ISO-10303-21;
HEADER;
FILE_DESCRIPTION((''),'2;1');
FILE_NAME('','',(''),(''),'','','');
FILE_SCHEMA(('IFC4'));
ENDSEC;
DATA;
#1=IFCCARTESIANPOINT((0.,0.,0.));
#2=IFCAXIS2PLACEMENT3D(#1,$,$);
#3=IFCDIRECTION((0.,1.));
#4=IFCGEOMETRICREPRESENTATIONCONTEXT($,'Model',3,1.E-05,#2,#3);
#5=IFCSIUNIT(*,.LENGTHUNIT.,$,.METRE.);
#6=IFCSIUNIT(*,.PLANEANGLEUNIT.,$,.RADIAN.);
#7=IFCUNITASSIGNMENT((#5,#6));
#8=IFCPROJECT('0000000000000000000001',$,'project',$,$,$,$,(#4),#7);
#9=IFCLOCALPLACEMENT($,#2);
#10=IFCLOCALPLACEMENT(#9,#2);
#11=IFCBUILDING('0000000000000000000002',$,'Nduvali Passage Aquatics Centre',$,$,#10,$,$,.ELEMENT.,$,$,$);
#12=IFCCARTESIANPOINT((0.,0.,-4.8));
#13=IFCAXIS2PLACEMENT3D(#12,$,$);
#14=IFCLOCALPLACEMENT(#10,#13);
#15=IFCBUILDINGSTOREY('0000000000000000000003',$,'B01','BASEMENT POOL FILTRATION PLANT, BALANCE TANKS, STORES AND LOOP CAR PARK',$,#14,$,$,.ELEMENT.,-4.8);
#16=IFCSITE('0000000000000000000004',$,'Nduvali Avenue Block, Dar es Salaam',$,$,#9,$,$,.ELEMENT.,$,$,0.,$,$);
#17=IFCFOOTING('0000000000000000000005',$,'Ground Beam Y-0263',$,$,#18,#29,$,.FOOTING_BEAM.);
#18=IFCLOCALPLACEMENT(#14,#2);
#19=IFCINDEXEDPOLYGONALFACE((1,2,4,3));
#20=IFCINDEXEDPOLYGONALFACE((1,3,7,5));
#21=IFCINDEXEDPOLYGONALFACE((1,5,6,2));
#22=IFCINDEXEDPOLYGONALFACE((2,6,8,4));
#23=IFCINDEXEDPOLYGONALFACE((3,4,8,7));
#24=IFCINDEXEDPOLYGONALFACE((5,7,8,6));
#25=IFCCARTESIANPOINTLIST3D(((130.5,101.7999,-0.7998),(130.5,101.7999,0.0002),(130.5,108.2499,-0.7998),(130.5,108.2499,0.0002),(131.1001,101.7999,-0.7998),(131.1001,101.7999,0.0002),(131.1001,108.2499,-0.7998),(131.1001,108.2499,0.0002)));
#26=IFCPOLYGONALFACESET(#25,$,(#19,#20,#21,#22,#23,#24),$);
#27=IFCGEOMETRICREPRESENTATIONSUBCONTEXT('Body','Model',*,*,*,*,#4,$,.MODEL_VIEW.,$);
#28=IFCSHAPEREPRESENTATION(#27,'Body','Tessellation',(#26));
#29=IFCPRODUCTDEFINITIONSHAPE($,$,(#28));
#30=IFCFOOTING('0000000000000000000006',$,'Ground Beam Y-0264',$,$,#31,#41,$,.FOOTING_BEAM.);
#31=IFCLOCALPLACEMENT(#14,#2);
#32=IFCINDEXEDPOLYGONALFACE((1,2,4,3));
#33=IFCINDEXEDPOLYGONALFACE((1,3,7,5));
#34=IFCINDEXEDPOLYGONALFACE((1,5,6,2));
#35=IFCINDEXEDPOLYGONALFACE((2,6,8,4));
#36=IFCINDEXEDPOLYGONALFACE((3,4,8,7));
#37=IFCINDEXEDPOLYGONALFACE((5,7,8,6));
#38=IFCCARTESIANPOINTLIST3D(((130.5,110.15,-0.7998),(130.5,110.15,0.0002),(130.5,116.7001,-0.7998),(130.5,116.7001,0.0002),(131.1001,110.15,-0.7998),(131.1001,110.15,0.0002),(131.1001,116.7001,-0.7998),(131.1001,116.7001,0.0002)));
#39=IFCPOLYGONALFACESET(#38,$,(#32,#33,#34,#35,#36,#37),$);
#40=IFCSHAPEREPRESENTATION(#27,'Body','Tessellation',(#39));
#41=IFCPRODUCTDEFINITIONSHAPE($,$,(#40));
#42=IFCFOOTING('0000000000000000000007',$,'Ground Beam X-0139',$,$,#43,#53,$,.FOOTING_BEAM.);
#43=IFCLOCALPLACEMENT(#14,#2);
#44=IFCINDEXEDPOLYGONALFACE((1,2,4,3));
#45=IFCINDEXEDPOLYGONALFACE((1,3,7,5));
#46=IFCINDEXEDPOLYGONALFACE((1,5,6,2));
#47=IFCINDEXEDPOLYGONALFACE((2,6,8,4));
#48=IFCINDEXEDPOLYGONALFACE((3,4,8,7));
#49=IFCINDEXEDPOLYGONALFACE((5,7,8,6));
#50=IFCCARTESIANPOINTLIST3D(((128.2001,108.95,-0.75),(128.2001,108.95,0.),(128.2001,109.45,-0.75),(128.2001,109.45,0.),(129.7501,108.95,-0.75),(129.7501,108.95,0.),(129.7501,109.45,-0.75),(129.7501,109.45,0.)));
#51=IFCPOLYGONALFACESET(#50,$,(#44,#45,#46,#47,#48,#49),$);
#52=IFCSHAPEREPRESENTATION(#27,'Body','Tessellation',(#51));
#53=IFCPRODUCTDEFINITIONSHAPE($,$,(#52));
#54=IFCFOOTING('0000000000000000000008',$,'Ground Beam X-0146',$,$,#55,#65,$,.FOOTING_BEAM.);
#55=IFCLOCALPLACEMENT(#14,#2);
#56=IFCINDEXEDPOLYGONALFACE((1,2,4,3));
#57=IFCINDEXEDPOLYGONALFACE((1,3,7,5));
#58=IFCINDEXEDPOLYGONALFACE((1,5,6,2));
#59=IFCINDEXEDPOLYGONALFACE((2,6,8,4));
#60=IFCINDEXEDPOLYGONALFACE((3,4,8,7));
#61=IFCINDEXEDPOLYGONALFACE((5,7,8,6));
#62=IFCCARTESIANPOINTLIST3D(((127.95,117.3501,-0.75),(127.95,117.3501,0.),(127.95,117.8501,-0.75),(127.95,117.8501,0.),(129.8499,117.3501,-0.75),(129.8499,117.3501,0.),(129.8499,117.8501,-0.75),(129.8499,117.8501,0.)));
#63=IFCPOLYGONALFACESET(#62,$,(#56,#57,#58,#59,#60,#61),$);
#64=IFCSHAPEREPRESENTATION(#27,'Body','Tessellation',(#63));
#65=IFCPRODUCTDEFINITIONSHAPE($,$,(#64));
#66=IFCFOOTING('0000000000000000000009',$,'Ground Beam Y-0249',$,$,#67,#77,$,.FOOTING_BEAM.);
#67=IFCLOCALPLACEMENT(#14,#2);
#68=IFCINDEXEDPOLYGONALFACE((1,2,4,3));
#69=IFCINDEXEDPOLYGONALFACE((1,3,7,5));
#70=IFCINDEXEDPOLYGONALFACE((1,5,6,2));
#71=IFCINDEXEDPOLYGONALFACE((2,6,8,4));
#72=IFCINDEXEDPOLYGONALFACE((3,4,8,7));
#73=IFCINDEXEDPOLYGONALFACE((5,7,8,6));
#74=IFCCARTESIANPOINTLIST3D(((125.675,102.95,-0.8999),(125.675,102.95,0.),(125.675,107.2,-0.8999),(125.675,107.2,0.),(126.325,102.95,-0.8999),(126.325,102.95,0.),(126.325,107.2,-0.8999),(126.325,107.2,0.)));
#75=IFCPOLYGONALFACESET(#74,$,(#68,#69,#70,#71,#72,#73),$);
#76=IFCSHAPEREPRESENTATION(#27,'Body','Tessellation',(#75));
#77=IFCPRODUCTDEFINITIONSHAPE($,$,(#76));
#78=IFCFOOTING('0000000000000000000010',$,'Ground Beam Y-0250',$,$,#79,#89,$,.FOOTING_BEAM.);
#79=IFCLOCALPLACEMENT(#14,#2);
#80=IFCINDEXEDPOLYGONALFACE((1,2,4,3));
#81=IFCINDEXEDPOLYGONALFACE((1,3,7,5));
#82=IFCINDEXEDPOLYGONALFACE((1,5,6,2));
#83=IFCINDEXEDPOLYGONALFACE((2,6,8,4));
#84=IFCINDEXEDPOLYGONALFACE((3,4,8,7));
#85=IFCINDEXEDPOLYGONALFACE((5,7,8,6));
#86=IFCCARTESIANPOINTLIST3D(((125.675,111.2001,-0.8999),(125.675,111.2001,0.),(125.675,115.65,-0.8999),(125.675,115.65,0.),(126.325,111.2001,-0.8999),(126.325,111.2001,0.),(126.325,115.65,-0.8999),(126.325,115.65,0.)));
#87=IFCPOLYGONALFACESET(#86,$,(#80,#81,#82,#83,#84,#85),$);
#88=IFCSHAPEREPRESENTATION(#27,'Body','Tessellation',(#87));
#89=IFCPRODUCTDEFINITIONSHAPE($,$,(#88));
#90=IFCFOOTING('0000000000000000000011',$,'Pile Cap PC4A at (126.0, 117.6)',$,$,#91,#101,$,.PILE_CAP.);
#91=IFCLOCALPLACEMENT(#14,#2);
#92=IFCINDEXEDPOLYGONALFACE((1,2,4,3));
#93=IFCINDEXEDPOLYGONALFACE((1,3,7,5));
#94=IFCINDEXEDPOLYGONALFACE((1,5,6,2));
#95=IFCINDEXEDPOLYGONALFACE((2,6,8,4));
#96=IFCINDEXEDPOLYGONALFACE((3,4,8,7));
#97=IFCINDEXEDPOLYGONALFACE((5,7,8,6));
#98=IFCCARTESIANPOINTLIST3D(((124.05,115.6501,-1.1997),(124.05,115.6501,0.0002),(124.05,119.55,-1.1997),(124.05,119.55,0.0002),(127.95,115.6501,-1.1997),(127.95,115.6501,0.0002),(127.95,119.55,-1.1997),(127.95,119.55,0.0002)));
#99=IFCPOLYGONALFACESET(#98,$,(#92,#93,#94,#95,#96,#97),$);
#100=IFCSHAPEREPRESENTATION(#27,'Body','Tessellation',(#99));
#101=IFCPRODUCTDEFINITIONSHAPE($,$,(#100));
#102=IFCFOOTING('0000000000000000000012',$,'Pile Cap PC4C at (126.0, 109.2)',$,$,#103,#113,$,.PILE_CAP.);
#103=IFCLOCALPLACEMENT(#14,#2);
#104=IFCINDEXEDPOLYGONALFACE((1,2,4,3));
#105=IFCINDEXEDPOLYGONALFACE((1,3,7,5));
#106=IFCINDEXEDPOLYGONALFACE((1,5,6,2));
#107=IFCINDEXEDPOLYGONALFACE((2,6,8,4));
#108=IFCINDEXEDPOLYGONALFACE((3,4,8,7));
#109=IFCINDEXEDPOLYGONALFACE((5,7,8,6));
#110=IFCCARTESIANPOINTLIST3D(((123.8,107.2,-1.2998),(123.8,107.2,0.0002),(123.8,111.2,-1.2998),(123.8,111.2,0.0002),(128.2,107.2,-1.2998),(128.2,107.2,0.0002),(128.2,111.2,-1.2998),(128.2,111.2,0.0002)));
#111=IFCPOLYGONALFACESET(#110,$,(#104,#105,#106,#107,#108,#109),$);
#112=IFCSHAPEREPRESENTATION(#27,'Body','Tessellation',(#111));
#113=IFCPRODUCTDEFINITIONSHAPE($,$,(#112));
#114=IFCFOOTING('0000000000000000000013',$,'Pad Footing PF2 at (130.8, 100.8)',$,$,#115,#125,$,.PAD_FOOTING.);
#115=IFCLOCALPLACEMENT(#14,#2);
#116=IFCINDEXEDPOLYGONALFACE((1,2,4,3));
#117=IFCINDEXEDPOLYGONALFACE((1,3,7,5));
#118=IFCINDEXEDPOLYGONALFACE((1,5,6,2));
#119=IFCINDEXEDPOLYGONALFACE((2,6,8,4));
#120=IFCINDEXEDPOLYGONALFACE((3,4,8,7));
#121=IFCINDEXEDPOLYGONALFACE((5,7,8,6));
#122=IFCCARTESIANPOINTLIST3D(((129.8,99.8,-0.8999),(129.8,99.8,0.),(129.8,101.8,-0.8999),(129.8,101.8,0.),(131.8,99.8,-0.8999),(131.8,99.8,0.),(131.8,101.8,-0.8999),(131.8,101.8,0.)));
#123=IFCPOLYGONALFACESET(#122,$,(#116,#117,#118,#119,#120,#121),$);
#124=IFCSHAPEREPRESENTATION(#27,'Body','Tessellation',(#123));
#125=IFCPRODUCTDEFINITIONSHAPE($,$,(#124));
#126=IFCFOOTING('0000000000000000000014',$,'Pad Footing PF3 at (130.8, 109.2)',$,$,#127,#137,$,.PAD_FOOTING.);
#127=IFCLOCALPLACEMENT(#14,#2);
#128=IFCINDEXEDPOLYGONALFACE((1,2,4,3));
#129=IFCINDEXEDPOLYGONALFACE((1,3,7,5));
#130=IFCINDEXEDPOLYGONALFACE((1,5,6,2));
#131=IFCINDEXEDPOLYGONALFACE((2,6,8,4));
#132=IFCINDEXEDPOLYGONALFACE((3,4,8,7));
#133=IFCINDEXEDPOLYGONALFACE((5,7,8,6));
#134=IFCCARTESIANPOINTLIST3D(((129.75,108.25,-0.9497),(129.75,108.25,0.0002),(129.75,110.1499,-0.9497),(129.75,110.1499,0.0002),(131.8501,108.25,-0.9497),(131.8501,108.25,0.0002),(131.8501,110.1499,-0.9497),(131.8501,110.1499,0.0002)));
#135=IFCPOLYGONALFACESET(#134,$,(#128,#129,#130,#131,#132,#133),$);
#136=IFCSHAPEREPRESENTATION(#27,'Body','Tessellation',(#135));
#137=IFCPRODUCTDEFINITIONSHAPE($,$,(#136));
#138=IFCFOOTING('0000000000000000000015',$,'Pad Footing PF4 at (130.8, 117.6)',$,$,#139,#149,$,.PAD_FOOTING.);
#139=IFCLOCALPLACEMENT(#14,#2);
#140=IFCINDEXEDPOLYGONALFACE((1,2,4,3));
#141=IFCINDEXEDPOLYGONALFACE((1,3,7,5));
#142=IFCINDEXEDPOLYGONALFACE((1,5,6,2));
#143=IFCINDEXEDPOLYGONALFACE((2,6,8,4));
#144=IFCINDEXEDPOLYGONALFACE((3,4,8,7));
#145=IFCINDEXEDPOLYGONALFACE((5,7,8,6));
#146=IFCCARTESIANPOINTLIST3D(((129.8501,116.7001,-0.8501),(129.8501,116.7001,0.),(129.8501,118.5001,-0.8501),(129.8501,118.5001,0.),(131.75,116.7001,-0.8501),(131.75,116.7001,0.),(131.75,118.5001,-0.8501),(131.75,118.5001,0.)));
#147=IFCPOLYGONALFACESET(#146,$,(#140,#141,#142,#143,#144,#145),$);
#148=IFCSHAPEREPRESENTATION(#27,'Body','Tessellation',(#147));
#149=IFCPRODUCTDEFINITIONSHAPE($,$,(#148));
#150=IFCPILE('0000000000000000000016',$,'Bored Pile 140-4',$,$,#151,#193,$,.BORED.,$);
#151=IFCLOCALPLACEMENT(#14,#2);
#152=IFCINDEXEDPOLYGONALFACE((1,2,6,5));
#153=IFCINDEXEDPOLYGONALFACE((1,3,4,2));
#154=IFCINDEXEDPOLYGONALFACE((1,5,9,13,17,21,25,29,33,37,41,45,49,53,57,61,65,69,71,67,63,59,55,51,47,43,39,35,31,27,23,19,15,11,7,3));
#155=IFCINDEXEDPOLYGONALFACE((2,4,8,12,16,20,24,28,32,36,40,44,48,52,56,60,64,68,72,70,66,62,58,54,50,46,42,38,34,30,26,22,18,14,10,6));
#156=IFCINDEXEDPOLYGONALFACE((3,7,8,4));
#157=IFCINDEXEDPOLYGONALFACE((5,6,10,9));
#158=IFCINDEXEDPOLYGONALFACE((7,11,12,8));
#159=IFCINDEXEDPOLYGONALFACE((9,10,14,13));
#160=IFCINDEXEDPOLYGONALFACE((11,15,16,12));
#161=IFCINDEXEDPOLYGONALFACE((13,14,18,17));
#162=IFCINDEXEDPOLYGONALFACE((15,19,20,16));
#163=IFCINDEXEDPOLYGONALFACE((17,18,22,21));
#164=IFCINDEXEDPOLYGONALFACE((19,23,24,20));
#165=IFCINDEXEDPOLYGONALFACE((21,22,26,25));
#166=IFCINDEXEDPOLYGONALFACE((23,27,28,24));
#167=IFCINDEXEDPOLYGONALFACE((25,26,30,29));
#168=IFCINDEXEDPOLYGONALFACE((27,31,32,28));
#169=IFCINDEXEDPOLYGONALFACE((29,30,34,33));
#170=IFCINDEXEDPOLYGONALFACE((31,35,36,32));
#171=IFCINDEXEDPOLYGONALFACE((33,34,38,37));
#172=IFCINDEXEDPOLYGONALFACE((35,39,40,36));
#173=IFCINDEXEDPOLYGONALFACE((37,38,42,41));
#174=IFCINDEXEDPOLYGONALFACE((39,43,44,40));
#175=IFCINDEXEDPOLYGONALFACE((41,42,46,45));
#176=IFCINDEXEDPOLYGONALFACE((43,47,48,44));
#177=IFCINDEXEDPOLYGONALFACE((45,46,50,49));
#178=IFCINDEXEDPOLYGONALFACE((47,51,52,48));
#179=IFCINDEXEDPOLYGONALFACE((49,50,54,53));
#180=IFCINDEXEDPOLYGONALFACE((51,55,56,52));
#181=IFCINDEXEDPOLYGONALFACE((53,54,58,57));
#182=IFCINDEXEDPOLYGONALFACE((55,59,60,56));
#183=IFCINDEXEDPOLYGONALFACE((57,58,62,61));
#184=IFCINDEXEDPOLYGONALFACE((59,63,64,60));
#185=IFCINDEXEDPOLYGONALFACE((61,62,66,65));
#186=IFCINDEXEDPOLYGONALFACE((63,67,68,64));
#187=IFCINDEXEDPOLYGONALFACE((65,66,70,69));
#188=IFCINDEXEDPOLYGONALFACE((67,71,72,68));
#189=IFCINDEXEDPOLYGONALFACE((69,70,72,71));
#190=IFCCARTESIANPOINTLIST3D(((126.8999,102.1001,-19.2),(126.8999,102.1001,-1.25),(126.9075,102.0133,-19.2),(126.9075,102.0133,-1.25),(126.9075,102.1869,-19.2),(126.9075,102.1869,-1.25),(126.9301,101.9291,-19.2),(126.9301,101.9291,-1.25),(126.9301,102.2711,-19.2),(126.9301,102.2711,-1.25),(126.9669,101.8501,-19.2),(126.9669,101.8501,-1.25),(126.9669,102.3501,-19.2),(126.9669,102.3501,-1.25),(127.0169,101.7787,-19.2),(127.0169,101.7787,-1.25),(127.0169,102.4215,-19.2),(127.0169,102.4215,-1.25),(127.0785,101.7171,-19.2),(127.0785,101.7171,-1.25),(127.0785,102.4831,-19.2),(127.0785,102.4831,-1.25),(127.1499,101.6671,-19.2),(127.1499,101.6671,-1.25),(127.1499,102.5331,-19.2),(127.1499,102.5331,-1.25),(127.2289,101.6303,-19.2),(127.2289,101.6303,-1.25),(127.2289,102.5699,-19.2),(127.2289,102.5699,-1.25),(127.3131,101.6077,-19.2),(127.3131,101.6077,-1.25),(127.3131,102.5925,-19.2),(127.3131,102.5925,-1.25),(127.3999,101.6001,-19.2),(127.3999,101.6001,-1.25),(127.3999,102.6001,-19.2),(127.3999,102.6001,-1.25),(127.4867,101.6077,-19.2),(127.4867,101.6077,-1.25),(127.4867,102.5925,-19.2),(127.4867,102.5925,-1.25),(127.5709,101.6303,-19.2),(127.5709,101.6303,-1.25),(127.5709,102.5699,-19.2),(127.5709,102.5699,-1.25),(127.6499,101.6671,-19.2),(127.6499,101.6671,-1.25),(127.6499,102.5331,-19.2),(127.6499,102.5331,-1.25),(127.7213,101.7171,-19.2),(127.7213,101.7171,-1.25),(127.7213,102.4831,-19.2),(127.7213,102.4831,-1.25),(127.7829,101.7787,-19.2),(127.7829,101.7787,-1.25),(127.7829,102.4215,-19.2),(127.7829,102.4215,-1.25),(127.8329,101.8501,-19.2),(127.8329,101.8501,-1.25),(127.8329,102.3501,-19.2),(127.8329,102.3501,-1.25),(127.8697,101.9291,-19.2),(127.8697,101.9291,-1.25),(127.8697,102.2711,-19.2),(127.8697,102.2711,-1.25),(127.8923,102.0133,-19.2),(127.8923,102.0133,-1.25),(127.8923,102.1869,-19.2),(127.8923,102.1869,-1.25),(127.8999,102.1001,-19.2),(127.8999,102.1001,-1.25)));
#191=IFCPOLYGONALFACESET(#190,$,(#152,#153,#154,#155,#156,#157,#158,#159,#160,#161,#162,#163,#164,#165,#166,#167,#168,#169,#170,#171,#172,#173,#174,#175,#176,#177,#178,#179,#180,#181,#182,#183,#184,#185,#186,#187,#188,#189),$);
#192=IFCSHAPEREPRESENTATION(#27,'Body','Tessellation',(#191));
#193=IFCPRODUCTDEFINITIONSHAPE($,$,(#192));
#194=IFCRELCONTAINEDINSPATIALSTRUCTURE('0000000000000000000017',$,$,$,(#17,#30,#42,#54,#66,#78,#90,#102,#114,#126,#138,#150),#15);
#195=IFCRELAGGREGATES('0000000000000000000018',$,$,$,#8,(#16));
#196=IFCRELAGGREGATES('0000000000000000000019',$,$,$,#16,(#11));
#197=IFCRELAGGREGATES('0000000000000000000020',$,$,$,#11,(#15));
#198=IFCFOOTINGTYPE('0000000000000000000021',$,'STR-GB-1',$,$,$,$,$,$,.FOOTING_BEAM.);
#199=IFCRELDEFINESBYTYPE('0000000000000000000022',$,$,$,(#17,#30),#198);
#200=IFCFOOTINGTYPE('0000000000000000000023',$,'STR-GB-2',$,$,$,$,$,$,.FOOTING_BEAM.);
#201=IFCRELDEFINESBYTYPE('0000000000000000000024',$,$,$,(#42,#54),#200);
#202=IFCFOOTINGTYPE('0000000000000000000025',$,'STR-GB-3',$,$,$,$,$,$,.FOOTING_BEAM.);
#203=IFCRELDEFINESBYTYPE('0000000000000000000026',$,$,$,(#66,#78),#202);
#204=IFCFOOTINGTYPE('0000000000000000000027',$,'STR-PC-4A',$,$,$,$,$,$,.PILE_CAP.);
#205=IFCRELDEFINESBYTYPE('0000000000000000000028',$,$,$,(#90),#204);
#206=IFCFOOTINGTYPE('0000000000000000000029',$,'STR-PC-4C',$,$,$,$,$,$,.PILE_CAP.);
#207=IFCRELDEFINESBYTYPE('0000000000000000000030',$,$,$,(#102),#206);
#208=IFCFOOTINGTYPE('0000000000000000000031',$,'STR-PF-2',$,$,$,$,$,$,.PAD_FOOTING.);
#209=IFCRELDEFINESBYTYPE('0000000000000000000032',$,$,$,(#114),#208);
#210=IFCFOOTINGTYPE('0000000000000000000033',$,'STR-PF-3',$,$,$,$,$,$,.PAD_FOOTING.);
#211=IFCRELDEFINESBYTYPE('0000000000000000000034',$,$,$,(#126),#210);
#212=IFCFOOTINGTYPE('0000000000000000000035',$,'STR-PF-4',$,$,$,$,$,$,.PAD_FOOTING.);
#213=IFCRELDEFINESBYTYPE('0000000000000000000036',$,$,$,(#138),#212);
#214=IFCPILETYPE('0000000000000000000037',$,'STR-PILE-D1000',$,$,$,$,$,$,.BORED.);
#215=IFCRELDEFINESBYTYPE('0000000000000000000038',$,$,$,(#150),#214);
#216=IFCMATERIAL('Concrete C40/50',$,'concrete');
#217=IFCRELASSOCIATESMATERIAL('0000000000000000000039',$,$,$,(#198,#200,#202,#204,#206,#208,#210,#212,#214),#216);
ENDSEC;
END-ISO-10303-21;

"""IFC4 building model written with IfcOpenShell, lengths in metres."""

from ifc_helpers import new_model, si_unit, direction, frame, origin, origin_2d, place, context, subcontext, project, spatial, rectangle, circle, extrude, material, material_profile, profile_set, type_object, element, save


model = new_model("IFC4")

# Units and contexts
model_context = context("Model", 3, precision=1e-05, world=origin(), true_north=direction((0.0, 1.0)))
body_context = subcontext(model_context, "Body", "Model", "MODEL_VIEW")
ifc_project = project(units=[si_unit("LENGTHUNIT", "METRE"), si_unit("PLANEANGLEUNIT", "RADIAN")], contexts=[model_context])

# Site, building, storey
site_placement = place(None, origin())
site = spatial("IfcSite", under=ifc_project, at=site_placement, Name="Nduvali Avenue Block, Dar es Salaam", CompositionType="ELEMENT", RefElevation=0.0)
building_placement = place(site_placement, origin())
building = spatial("IfcBuilding", under=site, at=building_placement, Name="Nduvali Passage Aquatics Centre", CompositionType="ELEMENT")
storey_placement = place(building_placement, frame((0.0, 0.0, -4.8)))
storey = spatial("IfcBuildingStorey", under=building, at=storey_placement, Name="B01", Description="BASEMENT POOL FILTRATION PLANT, BALANCE TANKS, STORES AND LOOP CAR PARK", CompositionType="ELEMENT", Elevation=-4.8)

# Footings
ifc_material_1 = material(Name="Concrete C40/50", Category="concrete")
footing_type_1 = type_object("IfcFootingType", Name="STR-GB-1", PredefinedType="FOOTING_BEAM", material=ifc_material_1)
footing_1_placement = place(storey_placement, frame((130.8, 105.0249, -0.7998), z_axis=(0.0, 0.0, 1.0), x_axis=(0.0, 1.0, 0.0)))
element("IfcFooting", 1, at=footing_1_placement, inside=storey, type_object=footing_type_1, Name="Ground Beam Y-0263", PredefinedType="FOOTING_BEAM", context=body_context, shape_type="SweptSolid", body=[
    extrude(rectangle(XDim=6.45, YDim=0.6001, at=origin_2d()), origin(), (0.0, 0.0, 1.0), 0.8),
])
footing_2_placement = place(storey_placement, frame((130.8, 113.425, -0.7998), z_axis=(0.0, 0.0, 1.0), x_axis=(0.0, 1.0, 0.0)))
element("IfcFooting", 2, at=footing_2_placement, inside=storey, type_object=footing_type_1, Name="Ground Beam Y-0264", PredefinedType="FOOTING_BEAM", context=body_context, shape_type="SweptSolid", body=[
    extrude(rectangle(XDim=6.55, YDim=0.6001, at=origin_2d()), origin(), (0.0, 0.0, 1.0), 0.8),
])
footing_type_2 = type_object("IfcFootingType", Name="STR-GB-2", PredefinedType="FOOTING_BEAM", material=ifc_material_1)
footing_3_placement = place(storey_placement, frame((128.9751, 109.2, -0.75), z_axis=(0.0, 0.0, 1.0), x_axis=(1.0, 0.0, 0.0)))
element("IfcFooting", 3, at=footing_3_placement, inside=storey, type_object=footing_type_2, Name="Ground Beam X-0139", PredefinedType="FOOTING_BEAM", context=body_context, shape_type="SweptSolid", body=[
    extrude(rectangle(XDim=1.55, YDim=0.5, at=origin_2d()), origin(), (0.0, 0.0, 1.0), 0.75),
])
footing_4_placement = place(storey_placement, frame((128.8999, 117.6001, -0.75), z_axis=(0.0, 0.0, 1.0), x_axis=(1.0, 0.0, 0.0)))
element("IfcFooting", 4, at=footing_4_placement, inside=storey, type_object=footing_type_2, Name="Ground Beam X-0146", PredefinedType="FOOTING_BEAM", context=body_context, shape_type="SweptSolid", body=[
    extrude(rectangle(XDim=1.8999, YDim=0.5, at=origin_2d()), origin(), (0.0, 0.0, 1.0), 0.75),
])
footing_type_3 = type_object("IfcFootingType", Name="STR-GB-3", PredefinedType="FOOTING_BEAM", material=ifc_material_1)
footing_5_placement = place(storey_placement, frame((126.0, 105.075, -0.8999), z_axis=(0.0, 0.0, 1.0), x_axis=(0.0, 1.0, 0.0)))
element("IfcFooting", 5, at=footing_5_placement, inside=storey, type_object=footing_type_3, Name="Ground Beam Y-0249", PredefinedType="FOOTING_BEAM", context=body_context, shape_type="SweptSolid", body=[
    extrude(rectangle(XDim=4.25, YDim=0.6499, at=origin_2d()), origin(), (0.0, 0.0, 1.0), 0.8999),
])
footing_6_placement = place(storey_placement, frame((126.0, 113.425, -0.8999), z_axis=(0.0, 0.0, 1.0), x_axis=(0.0, 1.0, 0.0)))
element("IfcFooting", 6, at=footing_6_placement, inside=storey, type_object=footing_type_3, Name="Ground Beam Y-0250", PredefinedType="FOOTING_BEAM", context=body_context, shape_type="SweptSolid", body=[
    extrude(rectangle(XDim=4.45, YDim=0.6499, at=origin_2d()), origin(), (0.0, 0.0, 1.0), 0.8999),
])
footing_type_4 = type_object("IfcFootingType", Name="STR-PC-4A", PredefinedType="PILE_CAP", material=ifc_material_1)
footing_7_placement = place(storey_placement, frame((126.0, 117.6001, -1.1997), z_axis=(0.0, 0.0, 1.0), x_axis=(1.0, 0.0, 0.0)))
element("IfcFooting", 7, at=footing_7_placement, inside=storey, type_object=footing_type_4, Name="Pile Cap PC4A at (126.0, 117.6)", PredefinedType="PILE_CAP", context=body_context, shape_type="SweptSolid", body=[
    extrude(rectangle(XDim=3.8999, YDim=3.8999, at=origin_2d()), origin(), (0.0, 0.0, 1.0), 1.2),
])
footing_type_5 = type_object("IfcFootingType", Name="STR-PC-4C", PredefinedType="PILE_CAP", material=ifc_material_1)
footing_8_placement = place(storey_placement, frame((126.0, 109.2, -1.2998), z_axis=(0.0, 0.0, 1.0), x_axis=(1.0, 0.0, 0.0)))
element("IfcFooting", 8, at=footing_8_placement, inside=storey, type_object=footing_type_5, Name="Pile Cap PC4C at (126.0, 109.2)", PredefinedType="PILE_CAP", context=body_context, shape_type="SweptSolid", body=[
    extrude(rectangle(XDim=4.3999, YDim=4.0, at=origin_2d()), origin(), (0.0, 0.0, 1.0), 1.3),
])
footing_type_6 = type_object("IfcFootingType", Name="STR-PF-2", PredefinedType="PAD_FOOTING", material=ifc_material_1)
footing_9_placement = place(storey_placement, frame((130.8, 100.8, -0.8999), z_axis=(0.0, 0.0, 1.0), x_axis=(1.0, 0.0, 0.0)))
element("IfcFooting", 9, at=footing_9_placement, inside=storey, type_object=footing_type_6, Name="Pad Footing PF2 at (130.8, 100.8)", PredefinedType="PAD_FOOTING", context=body_context, shape_type="SweptSolid", body=[
    extrude(rectangle(XDim=2.0, YDim=2.0, at=origin_2d()), origin(), (0.0, 0.0, 1.0), 0.8999),
])
footing_type_7 = type_object("IfcFootingType", Name="STR-PF-3", PredefinedType="PAD_FOOTING", material=ifc_material_1)
footing_10_placement = place(storey_placement, frame((130.8, 109.2, -0.9497), z_axis=(0.0, 0.0, 1.0), x_axis=(1.0, 0.0, 0.0)))
element("IfcFooting", 10, at=footing_10_placement, inside=storey, type_object=footing_type_7, Name="Pad Footing PF3 at (130.8, 109.2)", PredefinedType="PAD_FOOTING", context=body_context, shape_type="SweptSolid", body=[
    extrude(rectangle(XDim=2.1001, YDim=1.8999, at=origin_2d()), origin(), (0.0, 0.0, 1.0), 0.95),
])
footing_type_8 = type_object("IfcFootingType", Name="STR-PF-4", PredefinedType="PAD_FOOTING", material=ifc_material_1)
footing_11_placement = place(storey_placement, frame((130.8, 117.6001, -0.8501), z_axis=(0.0, 0.0, 1.0), x_axis=(1.0, 0.0, 0.0)))
element("IfcFooting", 11, at=footing_11_placement, inside=storey, type_object=footing_type_8, Name="Pad Footing PF4 at (130.8, 117.6)", PredefinedType="PAD_FOOTING", context=body_context, shape_type="SweptSolid", body=[
    extrude(rectangle(XDim=1.8999, YDim=1.8, at=origin_2d()), origin(), (0.0, 0.0, 1.0), 0.8501),
])

# Pile
ifc_material_profile_1 = material_profile(ifc_material_1, circle(Radius=0.5, at=origin_2d()), Name="PILE D1000")
ifc_profile_set_1 = profile_set([ifc_material_profile_1], Name="Concrete C40/50")
pile_type_1 = type_object("IfcPileType", Name="STR-PILE-D1000", PredefinedType="BORED", material=ifc_profile_set_1)
pile_placement = place(storey_placement, frame((127.3999, 102.1001, -1.25), z_axis=(0.0, 0.0, -1.0), x_axis=(1.0, 0.0, 0.0)))
element("IfcPile", 12, at=pile_placement, inside=storey, type_object=pile_type_1, Name="Bored Pile 140-4", PredefinedType="BORED", context=body_context, shape_type="SweptSolid", body=[
    extrude(circle(Radius=0.5, at=origin_2d()), origin(), (0.0, 0.0, 1.0), 17.95),
])

save(model, "model.ifc")
